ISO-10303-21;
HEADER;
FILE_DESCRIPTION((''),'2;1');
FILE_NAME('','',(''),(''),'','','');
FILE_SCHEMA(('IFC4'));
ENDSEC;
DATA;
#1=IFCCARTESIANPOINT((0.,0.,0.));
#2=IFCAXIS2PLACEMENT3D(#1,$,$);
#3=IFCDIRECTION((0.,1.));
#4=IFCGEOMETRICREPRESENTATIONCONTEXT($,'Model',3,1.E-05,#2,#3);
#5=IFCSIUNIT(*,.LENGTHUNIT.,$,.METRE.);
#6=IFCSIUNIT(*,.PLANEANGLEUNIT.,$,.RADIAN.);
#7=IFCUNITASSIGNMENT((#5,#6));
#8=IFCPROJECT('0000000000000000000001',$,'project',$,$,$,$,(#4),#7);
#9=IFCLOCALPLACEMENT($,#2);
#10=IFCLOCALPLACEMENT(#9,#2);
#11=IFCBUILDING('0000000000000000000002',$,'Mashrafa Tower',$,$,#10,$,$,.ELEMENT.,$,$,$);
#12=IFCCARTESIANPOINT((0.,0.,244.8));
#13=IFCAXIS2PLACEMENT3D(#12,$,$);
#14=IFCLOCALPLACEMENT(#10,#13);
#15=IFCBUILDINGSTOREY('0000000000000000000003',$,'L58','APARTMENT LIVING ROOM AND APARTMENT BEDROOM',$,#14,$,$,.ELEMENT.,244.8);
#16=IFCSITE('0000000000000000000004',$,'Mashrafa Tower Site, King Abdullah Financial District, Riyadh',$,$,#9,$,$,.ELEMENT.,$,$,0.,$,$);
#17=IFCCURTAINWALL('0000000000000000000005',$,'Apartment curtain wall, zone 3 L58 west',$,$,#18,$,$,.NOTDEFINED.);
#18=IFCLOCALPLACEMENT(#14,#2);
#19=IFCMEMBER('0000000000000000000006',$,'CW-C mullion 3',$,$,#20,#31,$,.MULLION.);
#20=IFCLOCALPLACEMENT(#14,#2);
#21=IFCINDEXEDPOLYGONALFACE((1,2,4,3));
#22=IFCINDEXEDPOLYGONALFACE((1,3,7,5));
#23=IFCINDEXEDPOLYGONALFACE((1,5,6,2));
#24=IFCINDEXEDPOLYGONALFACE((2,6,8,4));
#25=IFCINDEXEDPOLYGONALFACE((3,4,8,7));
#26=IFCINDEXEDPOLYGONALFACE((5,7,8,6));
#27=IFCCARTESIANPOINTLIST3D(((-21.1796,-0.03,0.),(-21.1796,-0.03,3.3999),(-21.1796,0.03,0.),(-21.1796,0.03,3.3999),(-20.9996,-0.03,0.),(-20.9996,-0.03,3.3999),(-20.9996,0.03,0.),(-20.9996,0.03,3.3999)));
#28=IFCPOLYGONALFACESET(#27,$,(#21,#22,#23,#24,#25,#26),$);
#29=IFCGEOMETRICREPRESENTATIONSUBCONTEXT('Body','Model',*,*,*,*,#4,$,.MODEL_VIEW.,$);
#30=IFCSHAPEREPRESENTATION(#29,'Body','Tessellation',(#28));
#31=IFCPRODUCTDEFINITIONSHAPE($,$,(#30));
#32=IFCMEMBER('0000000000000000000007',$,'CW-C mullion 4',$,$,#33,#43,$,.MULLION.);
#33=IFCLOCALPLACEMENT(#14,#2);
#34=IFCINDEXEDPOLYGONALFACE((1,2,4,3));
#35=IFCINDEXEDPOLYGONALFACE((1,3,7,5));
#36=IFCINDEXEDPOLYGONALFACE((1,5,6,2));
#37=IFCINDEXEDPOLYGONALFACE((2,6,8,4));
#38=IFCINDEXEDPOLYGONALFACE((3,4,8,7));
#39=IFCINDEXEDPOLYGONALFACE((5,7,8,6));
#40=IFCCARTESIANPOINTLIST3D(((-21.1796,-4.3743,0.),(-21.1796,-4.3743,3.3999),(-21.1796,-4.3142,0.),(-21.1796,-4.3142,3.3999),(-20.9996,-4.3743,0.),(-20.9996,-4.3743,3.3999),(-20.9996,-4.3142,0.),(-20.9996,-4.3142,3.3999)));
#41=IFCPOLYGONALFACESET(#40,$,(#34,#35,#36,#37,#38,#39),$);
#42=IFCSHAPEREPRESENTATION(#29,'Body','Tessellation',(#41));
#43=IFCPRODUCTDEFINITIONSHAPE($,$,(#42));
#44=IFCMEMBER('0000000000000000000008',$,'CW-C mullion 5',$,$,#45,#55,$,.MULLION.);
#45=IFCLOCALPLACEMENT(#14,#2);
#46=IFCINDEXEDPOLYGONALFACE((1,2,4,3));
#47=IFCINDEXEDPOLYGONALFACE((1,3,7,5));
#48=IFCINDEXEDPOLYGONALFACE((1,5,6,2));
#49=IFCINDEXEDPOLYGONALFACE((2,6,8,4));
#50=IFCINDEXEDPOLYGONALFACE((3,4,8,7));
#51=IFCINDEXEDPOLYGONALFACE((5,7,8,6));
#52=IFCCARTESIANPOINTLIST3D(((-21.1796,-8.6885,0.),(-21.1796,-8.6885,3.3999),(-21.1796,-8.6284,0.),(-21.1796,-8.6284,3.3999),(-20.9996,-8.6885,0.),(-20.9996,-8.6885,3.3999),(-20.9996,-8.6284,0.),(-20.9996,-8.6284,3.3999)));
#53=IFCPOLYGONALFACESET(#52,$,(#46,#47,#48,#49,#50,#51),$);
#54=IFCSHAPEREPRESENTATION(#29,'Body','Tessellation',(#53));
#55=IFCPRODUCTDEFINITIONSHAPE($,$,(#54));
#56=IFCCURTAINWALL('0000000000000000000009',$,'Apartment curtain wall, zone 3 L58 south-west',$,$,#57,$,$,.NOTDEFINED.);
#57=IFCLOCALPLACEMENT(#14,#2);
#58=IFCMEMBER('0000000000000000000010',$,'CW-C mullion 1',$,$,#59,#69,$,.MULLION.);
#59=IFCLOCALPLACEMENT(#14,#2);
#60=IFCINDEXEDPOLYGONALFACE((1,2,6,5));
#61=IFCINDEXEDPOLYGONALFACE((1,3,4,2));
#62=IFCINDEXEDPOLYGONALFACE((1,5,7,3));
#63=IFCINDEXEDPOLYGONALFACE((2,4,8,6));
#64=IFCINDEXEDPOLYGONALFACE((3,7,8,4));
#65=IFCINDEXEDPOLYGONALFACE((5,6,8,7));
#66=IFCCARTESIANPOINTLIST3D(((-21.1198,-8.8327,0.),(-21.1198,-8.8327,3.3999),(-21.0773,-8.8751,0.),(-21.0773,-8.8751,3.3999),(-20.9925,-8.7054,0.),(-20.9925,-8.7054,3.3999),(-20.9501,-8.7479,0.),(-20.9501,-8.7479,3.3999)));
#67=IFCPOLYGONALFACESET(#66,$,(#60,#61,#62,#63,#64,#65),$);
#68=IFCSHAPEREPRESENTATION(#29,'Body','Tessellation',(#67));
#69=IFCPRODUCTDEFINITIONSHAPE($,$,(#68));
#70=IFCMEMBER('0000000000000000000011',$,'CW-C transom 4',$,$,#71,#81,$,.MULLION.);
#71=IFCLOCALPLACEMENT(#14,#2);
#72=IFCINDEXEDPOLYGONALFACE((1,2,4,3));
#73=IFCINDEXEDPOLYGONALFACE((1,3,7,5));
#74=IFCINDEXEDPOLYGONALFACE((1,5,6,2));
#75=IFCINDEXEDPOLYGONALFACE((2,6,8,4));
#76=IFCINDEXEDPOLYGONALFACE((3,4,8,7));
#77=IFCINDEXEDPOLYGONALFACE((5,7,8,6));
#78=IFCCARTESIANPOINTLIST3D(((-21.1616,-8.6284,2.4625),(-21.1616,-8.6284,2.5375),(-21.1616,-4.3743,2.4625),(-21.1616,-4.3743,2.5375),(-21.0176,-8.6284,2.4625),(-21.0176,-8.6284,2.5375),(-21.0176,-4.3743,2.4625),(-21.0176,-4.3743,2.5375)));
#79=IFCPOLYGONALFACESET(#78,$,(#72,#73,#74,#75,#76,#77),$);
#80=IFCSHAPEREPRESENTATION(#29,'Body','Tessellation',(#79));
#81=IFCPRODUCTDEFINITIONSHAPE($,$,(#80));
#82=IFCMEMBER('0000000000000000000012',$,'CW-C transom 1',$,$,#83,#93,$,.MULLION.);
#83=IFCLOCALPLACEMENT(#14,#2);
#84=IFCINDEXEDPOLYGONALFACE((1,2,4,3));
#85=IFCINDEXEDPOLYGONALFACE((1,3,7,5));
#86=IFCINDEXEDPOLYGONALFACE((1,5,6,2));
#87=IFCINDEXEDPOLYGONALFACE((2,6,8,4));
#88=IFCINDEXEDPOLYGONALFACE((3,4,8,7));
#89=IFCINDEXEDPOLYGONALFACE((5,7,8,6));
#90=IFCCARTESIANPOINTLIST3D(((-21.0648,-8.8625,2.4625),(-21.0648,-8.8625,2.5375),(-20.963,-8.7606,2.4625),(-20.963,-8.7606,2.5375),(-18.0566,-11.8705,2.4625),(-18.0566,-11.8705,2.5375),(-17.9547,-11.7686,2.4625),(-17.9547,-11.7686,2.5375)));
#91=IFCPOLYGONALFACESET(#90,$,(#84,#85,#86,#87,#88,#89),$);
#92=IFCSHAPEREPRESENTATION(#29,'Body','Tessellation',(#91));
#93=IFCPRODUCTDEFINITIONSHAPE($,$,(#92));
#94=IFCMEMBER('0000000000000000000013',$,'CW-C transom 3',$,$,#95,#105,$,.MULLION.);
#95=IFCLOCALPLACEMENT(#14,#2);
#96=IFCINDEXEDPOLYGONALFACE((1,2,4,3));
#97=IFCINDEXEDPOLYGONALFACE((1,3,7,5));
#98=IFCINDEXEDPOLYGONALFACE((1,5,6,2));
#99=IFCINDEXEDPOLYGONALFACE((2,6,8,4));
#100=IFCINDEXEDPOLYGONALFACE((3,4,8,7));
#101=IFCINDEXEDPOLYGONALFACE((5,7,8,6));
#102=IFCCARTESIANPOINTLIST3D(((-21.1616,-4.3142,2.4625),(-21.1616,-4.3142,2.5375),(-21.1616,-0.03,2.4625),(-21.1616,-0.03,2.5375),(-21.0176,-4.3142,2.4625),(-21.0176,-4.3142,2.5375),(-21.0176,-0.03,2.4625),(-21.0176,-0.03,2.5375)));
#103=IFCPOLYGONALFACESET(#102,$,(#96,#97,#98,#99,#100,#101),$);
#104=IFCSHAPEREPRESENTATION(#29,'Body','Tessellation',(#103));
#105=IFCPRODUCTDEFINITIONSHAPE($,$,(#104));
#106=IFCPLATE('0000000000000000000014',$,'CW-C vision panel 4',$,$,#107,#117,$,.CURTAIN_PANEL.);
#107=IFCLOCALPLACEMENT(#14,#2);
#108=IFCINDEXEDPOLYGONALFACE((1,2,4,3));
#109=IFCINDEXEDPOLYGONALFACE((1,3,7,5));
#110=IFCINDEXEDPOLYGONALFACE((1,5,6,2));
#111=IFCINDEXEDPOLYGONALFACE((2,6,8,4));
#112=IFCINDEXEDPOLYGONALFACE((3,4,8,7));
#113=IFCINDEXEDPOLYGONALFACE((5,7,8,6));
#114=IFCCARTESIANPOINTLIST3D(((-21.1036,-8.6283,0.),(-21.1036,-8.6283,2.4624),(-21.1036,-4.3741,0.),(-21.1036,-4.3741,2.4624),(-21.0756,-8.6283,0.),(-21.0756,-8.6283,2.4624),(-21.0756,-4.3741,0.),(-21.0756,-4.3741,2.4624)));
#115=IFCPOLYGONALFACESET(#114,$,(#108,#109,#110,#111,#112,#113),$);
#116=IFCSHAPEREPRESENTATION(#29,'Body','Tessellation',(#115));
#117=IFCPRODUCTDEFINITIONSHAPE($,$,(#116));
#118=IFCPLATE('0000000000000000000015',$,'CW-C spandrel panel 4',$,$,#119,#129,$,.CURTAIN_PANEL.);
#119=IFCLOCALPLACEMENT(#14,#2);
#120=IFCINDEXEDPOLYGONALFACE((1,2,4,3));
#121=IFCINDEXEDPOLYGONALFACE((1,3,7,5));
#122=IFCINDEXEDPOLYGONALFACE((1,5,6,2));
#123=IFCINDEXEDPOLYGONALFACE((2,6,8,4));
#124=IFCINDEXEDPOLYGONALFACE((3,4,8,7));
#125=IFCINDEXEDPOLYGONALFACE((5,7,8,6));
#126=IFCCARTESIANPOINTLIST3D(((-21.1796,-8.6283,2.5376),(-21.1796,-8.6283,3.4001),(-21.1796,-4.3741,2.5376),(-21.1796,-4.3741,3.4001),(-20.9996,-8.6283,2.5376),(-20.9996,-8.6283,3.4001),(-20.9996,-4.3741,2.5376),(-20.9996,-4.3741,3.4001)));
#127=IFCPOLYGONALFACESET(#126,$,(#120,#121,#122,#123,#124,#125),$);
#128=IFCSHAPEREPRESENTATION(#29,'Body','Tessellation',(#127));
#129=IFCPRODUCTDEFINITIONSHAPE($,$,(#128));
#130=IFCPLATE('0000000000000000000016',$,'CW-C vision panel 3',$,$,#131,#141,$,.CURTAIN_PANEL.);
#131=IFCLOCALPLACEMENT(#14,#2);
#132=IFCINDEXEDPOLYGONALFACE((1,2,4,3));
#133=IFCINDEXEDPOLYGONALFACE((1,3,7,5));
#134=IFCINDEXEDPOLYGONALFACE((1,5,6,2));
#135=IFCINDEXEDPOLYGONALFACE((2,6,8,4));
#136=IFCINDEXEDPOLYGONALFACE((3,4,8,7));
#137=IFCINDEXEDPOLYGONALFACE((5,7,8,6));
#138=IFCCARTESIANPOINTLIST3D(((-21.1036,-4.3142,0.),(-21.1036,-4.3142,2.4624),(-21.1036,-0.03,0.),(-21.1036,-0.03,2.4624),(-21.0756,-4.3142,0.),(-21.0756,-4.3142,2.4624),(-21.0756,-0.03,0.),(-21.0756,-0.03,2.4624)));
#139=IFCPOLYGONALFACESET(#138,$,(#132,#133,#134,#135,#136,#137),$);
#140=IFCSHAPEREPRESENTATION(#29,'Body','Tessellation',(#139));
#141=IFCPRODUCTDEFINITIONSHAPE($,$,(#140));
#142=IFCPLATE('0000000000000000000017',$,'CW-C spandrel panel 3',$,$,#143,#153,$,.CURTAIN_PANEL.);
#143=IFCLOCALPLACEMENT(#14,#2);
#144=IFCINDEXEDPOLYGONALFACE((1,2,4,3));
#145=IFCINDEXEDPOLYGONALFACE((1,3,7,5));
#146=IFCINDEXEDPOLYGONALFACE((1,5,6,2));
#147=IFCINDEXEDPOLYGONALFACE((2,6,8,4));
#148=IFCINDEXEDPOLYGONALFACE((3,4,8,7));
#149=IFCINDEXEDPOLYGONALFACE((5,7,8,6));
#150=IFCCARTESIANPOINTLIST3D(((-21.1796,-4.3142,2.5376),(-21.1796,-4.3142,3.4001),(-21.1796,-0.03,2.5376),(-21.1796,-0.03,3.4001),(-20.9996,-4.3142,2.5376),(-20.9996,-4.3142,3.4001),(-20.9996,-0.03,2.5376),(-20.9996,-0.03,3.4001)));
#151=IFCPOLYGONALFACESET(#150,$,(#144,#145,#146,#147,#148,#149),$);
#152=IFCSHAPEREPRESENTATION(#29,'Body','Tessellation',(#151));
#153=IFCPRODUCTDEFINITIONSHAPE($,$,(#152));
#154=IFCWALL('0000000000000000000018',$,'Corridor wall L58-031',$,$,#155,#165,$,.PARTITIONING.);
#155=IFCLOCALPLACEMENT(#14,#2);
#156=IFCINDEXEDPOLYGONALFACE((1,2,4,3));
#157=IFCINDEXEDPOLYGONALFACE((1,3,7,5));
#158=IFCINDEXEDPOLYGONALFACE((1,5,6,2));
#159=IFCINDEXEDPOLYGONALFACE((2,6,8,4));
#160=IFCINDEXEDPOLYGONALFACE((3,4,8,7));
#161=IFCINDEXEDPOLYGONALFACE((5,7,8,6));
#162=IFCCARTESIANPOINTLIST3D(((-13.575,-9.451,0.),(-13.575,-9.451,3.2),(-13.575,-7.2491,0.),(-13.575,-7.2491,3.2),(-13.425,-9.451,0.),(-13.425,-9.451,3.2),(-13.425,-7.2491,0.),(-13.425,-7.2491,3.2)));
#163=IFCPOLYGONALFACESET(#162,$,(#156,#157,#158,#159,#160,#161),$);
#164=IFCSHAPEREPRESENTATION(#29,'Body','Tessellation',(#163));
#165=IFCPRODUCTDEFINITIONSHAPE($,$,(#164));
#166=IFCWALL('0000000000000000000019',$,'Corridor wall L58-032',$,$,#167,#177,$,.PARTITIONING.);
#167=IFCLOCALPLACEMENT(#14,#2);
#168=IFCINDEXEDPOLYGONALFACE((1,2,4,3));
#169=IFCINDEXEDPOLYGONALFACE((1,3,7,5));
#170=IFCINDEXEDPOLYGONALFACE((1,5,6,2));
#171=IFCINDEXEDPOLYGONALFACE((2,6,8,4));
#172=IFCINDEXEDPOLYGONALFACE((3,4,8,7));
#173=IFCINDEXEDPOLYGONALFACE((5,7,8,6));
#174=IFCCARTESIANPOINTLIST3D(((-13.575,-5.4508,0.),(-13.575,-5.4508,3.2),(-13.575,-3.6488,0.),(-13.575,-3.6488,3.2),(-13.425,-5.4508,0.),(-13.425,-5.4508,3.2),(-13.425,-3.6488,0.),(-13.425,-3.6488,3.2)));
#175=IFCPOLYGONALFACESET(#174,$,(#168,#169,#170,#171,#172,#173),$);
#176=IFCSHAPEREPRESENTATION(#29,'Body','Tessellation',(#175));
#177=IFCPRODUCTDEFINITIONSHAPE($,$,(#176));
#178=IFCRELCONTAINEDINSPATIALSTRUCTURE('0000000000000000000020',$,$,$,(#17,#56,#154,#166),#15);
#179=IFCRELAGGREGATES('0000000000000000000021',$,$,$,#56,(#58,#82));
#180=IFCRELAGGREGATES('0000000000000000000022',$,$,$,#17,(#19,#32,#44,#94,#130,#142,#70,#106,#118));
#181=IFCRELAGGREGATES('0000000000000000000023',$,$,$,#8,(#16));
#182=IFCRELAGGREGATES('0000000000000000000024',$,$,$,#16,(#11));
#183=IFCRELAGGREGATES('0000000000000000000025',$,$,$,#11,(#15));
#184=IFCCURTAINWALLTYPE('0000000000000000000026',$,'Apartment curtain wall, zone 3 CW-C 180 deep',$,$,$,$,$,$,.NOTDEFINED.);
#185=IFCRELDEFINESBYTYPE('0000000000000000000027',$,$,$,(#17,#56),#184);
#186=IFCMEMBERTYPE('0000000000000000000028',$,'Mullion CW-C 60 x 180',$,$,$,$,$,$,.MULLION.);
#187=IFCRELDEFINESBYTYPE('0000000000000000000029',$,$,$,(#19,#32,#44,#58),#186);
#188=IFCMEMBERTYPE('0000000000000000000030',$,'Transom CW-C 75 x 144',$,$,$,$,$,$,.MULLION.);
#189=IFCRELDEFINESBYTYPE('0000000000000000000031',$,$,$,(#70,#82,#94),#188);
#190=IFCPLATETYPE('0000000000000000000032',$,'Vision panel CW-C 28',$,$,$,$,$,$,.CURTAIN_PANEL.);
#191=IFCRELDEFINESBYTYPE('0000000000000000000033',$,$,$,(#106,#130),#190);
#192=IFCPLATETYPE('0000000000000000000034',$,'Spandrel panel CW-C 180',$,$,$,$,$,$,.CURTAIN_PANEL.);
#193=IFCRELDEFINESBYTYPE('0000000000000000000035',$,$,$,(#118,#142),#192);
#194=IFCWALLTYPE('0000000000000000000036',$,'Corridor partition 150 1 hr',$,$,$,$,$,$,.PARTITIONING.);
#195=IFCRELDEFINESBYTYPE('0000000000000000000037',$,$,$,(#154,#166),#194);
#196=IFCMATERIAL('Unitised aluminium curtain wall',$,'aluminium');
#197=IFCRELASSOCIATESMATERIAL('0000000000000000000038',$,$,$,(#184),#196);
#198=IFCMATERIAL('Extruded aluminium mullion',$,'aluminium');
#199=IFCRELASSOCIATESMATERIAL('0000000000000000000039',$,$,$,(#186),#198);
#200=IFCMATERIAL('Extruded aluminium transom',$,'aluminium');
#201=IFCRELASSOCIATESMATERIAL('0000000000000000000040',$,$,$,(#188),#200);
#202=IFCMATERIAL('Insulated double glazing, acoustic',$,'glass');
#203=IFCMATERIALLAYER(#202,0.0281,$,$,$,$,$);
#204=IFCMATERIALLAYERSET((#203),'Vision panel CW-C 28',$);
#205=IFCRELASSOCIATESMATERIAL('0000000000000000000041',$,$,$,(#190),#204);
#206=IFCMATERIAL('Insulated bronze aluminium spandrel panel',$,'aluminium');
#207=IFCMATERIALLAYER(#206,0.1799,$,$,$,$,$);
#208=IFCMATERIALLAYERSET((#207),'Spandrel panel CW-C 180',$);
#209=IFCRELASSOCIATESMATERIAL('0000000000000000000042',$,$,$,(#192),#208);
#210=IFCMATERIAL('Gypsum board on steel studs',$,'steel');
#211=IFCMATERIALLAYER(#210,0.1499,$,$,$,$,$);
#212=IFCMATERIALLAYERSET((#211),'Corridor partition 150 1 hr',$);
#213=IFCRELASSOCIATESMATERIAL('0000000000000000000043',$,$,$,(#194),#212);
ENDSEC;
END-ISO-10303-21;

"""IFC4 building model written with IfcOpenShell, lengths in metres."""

from ifc_helpers import new_model, si_unit, direction, frame, frame_2d, origin, origin_2d, place, context, subcontext, project, spatial, rectangle, extrude, source, transform, mapped, material, layer, layer_set, material_profile, profile_set, type_object, type_shapes, element, aggregate, save


model = new_model("IFC4")

# Units and contexts
model_context = context("Model", 3, precision=1e-05, world=origin(), true_north=direction((0.0, 1.0)))
body_context = subcontext(model_context, "Body", "Model", "MODEL_VIEW")
ifc_project = project(units=[si_unit("LENGTHUNIT", "METRE"), si_unit("PLANEANGLEUNIT", "RADIAN")], contexts=[model_context])

# Site, building, storey
site_placement = place(None, origin())
site = spatial("IfcSite", under=ifc_project, at=site_placement, Name="Mashrafa Tower Site, King Abdullah Financial District, Riyadh", CompositionType="ELEMENT", RefElevation=0.0)
building_placement = place(site_placement, origin())
building = spatial("IfcBuilding", under=site, at=building_placement, Name="Mashrafa Tower", CompositionType="ELEMENT")
storey_placement = place(building_placement, frame((0.0, 0.0, 244.8)))
storey = spatial("IfcBuildingStorey", under=building, at=storey_placement, Name="L58", Description="APARTMENT LIVING ROOM AND APARTMENT BEDROOM", CompositionType="ELEMENT", Elevation=244.8)

# Curtain wall, members
ifc_material_1 = material(Name="Unitised aluminium curtain wall", Category="aluminium")
curtain_wall_type = type_object("IfcCurtainWallType", Name="Apartment curtain wall, zone 3 CW-C 180 deep", PredefinedType="NOTDEFINED", material=ifc_material_1)
curtain_wall_1_placement = place(storey_placement, origin())
curtain_wall_1 = element("IfcCurtainWall", 1, at=curtain_wall_1_placement, inside=storey, type_object=curtain_wall_type, Name="Apartment curtain wall, zone 3 L58 west", PredefinedType="NOTDEFINED")
ifc_material_2 = material(Name="Extruded aluminium mullion", Category="aluminium")
ifc_material_profile_1 = material_profile(ifc_material_2, rectangle(XDim=0.1799, YDim=0.0601, at=origin_2d()), Name="Mullion 60x180")
ifc_profile_set_1 = profile_set([ifc_material_profile_1], Name="Extruded aluminium mullion")
member_type_1 = type_object("IfcMemberType", Name="Mullion CW-C 60 x 180", PredefinedType="MULLION", material=ifc_profile_set_1)
shared_shape_1 = source(origin(), body_context, "Body", "SweptSolid", [
    extrude(rectangle(XDim=0.1799, YDim=0.0601, at=origin_2d()), origin(), (0.0, 0.0, 1.0), 3.3999),
])
type_shapes(member_type_1, [shared_shape_1])
member_1_placement = place(storey_placement, frame((-21.0896, 0.0, 0.0), z_axis=(0.0, 0.0, 1.0), x_axis=(1.0, 0.0, 0.0)))
member_1 = element("IfcMember", 2, at=member_1_placement, type_object=member_type_1, Name="CW-C mullion 3", PredefinedType="MULLION", context=body_context, shape_type="MappedRepresentation", body=[
    mapped(shared_shape_1, transform((0.0, 0.0, 0.0))),
])
member_2_placement = place(storey_placement, frame((-21.0896, -4.3442, 0.0), z_axis=(0.0, 0.0, 1.0), x_axis=(1.0, 0.0, 0.0)))
member_2 = element("IfcMember", 3, at=member_2_placement, type_object=member_type_1, Name="CW-C mullion 4", PredefinedType="MULLION", context=body_context, shape_type="MappedRepresentation", body=[
    mapped(shared_shape_1, transform((0.0, 0.0, 0.0))),
])
member_3_placement = place(storey_placement, frame((-21.0896, -8.6584, 0.0), z_axis=(0.0, 0.0, 1.0), x_axis=(1.0, 0.0, 0.0)))
member_3 = element("IfcMember", 4, at=member_3_placement, type_object=member_type_1, Name="CW-C mullion 5", PredefinedType="MULLION", context=body_context, shape_type="MappedRepresentation", body=[
    mapped(shared_shape_1, transform((0.0, 0.0, 0.0))),
])

# Curtain wall, member
curtain_wall_2_placement = place(storey_placement, origin())
curtain_wall_2 = element("IfcCurtainWall", 5, at=curtain_wall_2_placement, inside=storey, type_object=curtain_wall_type, Name="Apartment curtain wall, zone 3 L58 south-west", PredefinedType="NOTDEFINED")
member_4_placement = place(storey_placement, frame((-21.0349, -8.7903, 0.0), z_axis=(0.0, 0.0, 1.0), x_axis=(0.707107, 0.707107, 0.0)))
member_4 = element("IfcMember", 6, at=member_4_placement, type_object=member_type_1, Name="CW-C mullion 1", PredefinedType="MULLION", context=body_context, shape_type="MappedRepresentation", body=[
    mapped(shared_shape_1, transform((0.0, 0.0, 0.0))),
])

# Members
ifc_material_3 = material(Name="Extruded aluminium transom", Category="aluminium")
ifc_material_profile_2 = material_profile(ifc_material_3, rectangle(XDim=0.144, YDim=0.075, at=origin_2d()), Name="Transom 75x144")
ifc_profile_set_2 = profile_set([ifc_material_profile_2], Name="Extruded aluminium transom")
member_type_2 = type_object("IfcMemberType", Name="Transom CW-C 75 x 144", PredefinedType="MULLION", material=ifc_profile_set_2)
shared_shape_2 = source(origin(), body_context, "Body", "SweptSolid", [
    extrude(rectangle(XDim=0.144, YDim=0.075, at=origin_2d()), origin(), (0.0, 0.0, 1.0), 4.2542),
])
member_5_placement = place(storey_placement, frame((-21.0896, -4.3743, 2.5), z_axis=(0.0, -1.0, 0.0), x_axis=(1.0, 0.0, 0.0)))
member_5 = element("IfcMember", 7, at=member_5_placement, type_object=member_type_2, Name="CW-C transom 4", PredefinedType="MULLION", context=body_context, shape_type="MappedRepresentation", body=[
    mapped(shared_shape_2, transform((0.0, 0.0, 0.0))),
])
member_6_placement = place(storey_placement, frame((-21.0139, -8.8115, 2.5), z_axis=(0.707135, -0.707078, 0.0), x_axis=(0.707078, 0.707135, 0.0)))
member_6 = element("IfcMember", 8, at=member_6_placement, type_object=member_type_2, Name="CW-C transom 1", PredefinedType="MULLION", context=body_context, shape_type="MappedRepresentation", body=[
    mapped(shared_shape_2, transform((0.0, 0.0, 0.0))),
])
aggregate(curtain_wall_2, [member_4, member_6])
shared_shape_3 = source(origin(), body_context, "Body", "SweptSolid", [
    extrude(rectangle(XDim=0.144, YDim=0.075, at=origin_2d()), origin(), (0.0, 0.0, 1.0), 4.2842),
])
type_shapes(member_type_2, [shared_shape_2, shared_shape_3])
member_7_placement = place(storey_placement, frame((-21.0896, -0.03, 2.5), z_axis=(0.0, -1.0, 0.0), x_axis=(1.0, 0.0, 0.0)))
member_7 = element("IfcMember", 9, at=member_7_placement, type_object=member_type_2, Name="CW-C transom 3", PredefinedType="MULLION", context=body_context, shape_type="MappedRepresentation", body=[
    mapped(shared_shape_3, transform((0.0, 0.0, 0.0))),
])

# Plates
ifc_material_4 = material(Name="Insulated double glazing, acoustic", Category="glass")
ifc_layer_1 = layer(ifc_material_4, 0.0281)
ifc_layer_set_1 = layer_set([ifc_layer_1], Name="Vision panel CW-C 28")
plate_type_1 = type_object("IfcPlateType", Name="Vision panel CW-C 28", PredefinedType="CURTAIN_PANEL", material=ifc_layer_set_1)
shared_shape_4 = source(origin(), body_context, "Body", "SweptSolid", [
    extrude(rectangle(XDim=4.2542, YDim=0.0281, at=origin_2d()), origin(), (0.0, 0.0, 1.0), 2.4624),
])
plate_1_placement = place(storey_placement, frame((-21.0896, -6.5012, 0.0), z_axis=(0.0, 0.0, 1.0), x_axis=(0.0, -1.0, 0.0)))
plate_1 = element("IfcPlate", 10, at=plate_1_placement, type_object=plate_type_1, Name="CW-C vision panel 4", PredefinedType="CURTAIN_PANEL", context=body_context, shape_type="MappedRepresentation", body=[
    mapped(shared_shape_4, transform((0.0, 0.0, 0.0))),
])
ifc_material_5 = material(Name="Insulated bronze aluminium spandrel panel", Category="aluminium")
ifc_layer_2 = layer(ifc_material_5, 0.1799)
ifc_layer_set_2 = layer_set([ifc_layer_2], Name="Spandrel panel CW-C 180")
plate_type_2 = type_object("IfcPlateType", Name="Spandrel panel CW-C 180", PredefinedType="CURTAIN_PANEL", material=ifc_layer_set_2)
shared_shape_5 = source(origin(), body_context, "Body", "SweptSolid", [
    extrude(rectangle(XDim=4.2542, YDim=0.1799, at=origin_2d()), origin(), (0.0, 0.0, 1.0), 0.8625),
])
plate_2_placement = place(storey_placement, frame((-21.0896, -6.5012, 2.5376), z_axis=(0.0, 0.0, 1.0), x_axis=(0.0, -1.0, 0.0)))
plate_2 = element("IfcPlate", 11, at=plate_2_placement, type_object=plate_type_2, Name="CW-C spandrel panel 4", PredefinedType="CURTAIN_PANEL", context=body_context, shape_type="MappedRepresentation", body=[
    mapped(shared_shape_5, transform((0.0, 0.0, 0.0))),
])
shared_shape_6 = source(origin(), body_context, "Body", "SweptSolid", [
    extrude(rectangle(XDim=4.2842, YDim=0.0281, at=origin_2d()), origin(), (0.0, 0.0, 1.0), 2.4624),
])
type_shapes(plate_type_1, [shared_shape_4, shared_shape_6])
plate_3_placement = place(storey_placement, frame((-21.0896, -2.1721, 0.0), z_axis=(0.0, 0.0, 1.0), x_axis=(0.0, -1.0, 0.0)))
plate_3 = element("IfcPlate", 12, at=plate_3_placement, type_object=plate_type_1, Name="CW-C vision panel 3", PredefinedType="CURTAIN_PANEL", context=body_context, shape_type="MappedRepresentation", body=[
    mapped(shared_shape_6, transform((0.0, 0.0, 0.0))),
])
shared_shape_7 = source(origin(), body_context, "Body", "SweptSolid", [
    extrude(rectangle(XDim=4.2842, YDim=0.1799, at=origin_2d()), origin(), (0.0, 0.0, 1.0), 0.8625),
])
type_shapes(plate_type_2, [shared_shape_5, shared_shape_7])
plate_4_placement = place(storey_placement, frame((-21.0896, -2.1721, 2.5376), z_axis=(0.0, 0.0, 1.0), x_axis=(0.0, -1.0, 0.0)))
plate_4 = element("IfcPlate", 13, at=plate_4_placement, type_object=plate_type_2, Name="CW-C spandrel panel 3", PredefinedType="CURTAIN_PANEL", context=body_context, shape_type="MappedRepresentation", body=[
    mapped(shared_shape_7, transform((0.0, 0.0, 0.0))),
])
aggregate(curtain_wall_1, [member_1, member_2, member_3, member_7, plate_3, plate_4, member_5, plate_1, plate_2])

# Walls
ifc_material_6 = material(Name="Gypsum board on steel studs", Category="steel")
ifc_layer_3 = layer(ifc_material_6, 0.1499)
ifc_layer_set_3 = layer_set([ifc_layer_3], Name="Corridor partition 150 1 hr")
wall_type_1 = type_object("IfcWallType", Name="Corridor partition 150 1 hr", PredefinedType="PARTITIONING", material=ifc_layer_set_3)
wall_1_placement = place(storey_placement, frame((-13.5, -7.249, 0.0), z_axis=(0.0, 0.0, 1.0), x_axis=(0.0, -1.0, 0.0)))
element("IfcWall", 14, at=wall_1_placement, inside=storey, type_object=wall_type_1, Name="Corridor wall L58-031", PredefinedType="PARTITIONING", context=body_context, shape_type="SweptSolid", body=[
    extrude(rectangle(XDim=2.2019, YDim=0.1499, at=frame_2d((1.1011, 0.0))), origin(), (0.0, 0.0, 1.0), 3.2),
])
wall_2_placement = place(storey_placement, frame((-13.5, -3.6489, 0.0), z_axis=(0.0, 0.0, 1.0), x_axis=(0.0, -1.0, 0.0)))
element("IfcWall", 15, at=wall_2_placement, inside=storey, type_object=wall_type_1, Name="Corridor wall L58-032", PredefinedType="PARTITIONING", context=body_context, shape_type="SweptSolid", body=[
    extrude(rectangle(XDim=1.802, YDim=0.1499, at=frame_2d((0.9009, 0.0))), origin(), (0.0, 0.0, 1.0), 3.2),
])

save(model, "model.ifc")
